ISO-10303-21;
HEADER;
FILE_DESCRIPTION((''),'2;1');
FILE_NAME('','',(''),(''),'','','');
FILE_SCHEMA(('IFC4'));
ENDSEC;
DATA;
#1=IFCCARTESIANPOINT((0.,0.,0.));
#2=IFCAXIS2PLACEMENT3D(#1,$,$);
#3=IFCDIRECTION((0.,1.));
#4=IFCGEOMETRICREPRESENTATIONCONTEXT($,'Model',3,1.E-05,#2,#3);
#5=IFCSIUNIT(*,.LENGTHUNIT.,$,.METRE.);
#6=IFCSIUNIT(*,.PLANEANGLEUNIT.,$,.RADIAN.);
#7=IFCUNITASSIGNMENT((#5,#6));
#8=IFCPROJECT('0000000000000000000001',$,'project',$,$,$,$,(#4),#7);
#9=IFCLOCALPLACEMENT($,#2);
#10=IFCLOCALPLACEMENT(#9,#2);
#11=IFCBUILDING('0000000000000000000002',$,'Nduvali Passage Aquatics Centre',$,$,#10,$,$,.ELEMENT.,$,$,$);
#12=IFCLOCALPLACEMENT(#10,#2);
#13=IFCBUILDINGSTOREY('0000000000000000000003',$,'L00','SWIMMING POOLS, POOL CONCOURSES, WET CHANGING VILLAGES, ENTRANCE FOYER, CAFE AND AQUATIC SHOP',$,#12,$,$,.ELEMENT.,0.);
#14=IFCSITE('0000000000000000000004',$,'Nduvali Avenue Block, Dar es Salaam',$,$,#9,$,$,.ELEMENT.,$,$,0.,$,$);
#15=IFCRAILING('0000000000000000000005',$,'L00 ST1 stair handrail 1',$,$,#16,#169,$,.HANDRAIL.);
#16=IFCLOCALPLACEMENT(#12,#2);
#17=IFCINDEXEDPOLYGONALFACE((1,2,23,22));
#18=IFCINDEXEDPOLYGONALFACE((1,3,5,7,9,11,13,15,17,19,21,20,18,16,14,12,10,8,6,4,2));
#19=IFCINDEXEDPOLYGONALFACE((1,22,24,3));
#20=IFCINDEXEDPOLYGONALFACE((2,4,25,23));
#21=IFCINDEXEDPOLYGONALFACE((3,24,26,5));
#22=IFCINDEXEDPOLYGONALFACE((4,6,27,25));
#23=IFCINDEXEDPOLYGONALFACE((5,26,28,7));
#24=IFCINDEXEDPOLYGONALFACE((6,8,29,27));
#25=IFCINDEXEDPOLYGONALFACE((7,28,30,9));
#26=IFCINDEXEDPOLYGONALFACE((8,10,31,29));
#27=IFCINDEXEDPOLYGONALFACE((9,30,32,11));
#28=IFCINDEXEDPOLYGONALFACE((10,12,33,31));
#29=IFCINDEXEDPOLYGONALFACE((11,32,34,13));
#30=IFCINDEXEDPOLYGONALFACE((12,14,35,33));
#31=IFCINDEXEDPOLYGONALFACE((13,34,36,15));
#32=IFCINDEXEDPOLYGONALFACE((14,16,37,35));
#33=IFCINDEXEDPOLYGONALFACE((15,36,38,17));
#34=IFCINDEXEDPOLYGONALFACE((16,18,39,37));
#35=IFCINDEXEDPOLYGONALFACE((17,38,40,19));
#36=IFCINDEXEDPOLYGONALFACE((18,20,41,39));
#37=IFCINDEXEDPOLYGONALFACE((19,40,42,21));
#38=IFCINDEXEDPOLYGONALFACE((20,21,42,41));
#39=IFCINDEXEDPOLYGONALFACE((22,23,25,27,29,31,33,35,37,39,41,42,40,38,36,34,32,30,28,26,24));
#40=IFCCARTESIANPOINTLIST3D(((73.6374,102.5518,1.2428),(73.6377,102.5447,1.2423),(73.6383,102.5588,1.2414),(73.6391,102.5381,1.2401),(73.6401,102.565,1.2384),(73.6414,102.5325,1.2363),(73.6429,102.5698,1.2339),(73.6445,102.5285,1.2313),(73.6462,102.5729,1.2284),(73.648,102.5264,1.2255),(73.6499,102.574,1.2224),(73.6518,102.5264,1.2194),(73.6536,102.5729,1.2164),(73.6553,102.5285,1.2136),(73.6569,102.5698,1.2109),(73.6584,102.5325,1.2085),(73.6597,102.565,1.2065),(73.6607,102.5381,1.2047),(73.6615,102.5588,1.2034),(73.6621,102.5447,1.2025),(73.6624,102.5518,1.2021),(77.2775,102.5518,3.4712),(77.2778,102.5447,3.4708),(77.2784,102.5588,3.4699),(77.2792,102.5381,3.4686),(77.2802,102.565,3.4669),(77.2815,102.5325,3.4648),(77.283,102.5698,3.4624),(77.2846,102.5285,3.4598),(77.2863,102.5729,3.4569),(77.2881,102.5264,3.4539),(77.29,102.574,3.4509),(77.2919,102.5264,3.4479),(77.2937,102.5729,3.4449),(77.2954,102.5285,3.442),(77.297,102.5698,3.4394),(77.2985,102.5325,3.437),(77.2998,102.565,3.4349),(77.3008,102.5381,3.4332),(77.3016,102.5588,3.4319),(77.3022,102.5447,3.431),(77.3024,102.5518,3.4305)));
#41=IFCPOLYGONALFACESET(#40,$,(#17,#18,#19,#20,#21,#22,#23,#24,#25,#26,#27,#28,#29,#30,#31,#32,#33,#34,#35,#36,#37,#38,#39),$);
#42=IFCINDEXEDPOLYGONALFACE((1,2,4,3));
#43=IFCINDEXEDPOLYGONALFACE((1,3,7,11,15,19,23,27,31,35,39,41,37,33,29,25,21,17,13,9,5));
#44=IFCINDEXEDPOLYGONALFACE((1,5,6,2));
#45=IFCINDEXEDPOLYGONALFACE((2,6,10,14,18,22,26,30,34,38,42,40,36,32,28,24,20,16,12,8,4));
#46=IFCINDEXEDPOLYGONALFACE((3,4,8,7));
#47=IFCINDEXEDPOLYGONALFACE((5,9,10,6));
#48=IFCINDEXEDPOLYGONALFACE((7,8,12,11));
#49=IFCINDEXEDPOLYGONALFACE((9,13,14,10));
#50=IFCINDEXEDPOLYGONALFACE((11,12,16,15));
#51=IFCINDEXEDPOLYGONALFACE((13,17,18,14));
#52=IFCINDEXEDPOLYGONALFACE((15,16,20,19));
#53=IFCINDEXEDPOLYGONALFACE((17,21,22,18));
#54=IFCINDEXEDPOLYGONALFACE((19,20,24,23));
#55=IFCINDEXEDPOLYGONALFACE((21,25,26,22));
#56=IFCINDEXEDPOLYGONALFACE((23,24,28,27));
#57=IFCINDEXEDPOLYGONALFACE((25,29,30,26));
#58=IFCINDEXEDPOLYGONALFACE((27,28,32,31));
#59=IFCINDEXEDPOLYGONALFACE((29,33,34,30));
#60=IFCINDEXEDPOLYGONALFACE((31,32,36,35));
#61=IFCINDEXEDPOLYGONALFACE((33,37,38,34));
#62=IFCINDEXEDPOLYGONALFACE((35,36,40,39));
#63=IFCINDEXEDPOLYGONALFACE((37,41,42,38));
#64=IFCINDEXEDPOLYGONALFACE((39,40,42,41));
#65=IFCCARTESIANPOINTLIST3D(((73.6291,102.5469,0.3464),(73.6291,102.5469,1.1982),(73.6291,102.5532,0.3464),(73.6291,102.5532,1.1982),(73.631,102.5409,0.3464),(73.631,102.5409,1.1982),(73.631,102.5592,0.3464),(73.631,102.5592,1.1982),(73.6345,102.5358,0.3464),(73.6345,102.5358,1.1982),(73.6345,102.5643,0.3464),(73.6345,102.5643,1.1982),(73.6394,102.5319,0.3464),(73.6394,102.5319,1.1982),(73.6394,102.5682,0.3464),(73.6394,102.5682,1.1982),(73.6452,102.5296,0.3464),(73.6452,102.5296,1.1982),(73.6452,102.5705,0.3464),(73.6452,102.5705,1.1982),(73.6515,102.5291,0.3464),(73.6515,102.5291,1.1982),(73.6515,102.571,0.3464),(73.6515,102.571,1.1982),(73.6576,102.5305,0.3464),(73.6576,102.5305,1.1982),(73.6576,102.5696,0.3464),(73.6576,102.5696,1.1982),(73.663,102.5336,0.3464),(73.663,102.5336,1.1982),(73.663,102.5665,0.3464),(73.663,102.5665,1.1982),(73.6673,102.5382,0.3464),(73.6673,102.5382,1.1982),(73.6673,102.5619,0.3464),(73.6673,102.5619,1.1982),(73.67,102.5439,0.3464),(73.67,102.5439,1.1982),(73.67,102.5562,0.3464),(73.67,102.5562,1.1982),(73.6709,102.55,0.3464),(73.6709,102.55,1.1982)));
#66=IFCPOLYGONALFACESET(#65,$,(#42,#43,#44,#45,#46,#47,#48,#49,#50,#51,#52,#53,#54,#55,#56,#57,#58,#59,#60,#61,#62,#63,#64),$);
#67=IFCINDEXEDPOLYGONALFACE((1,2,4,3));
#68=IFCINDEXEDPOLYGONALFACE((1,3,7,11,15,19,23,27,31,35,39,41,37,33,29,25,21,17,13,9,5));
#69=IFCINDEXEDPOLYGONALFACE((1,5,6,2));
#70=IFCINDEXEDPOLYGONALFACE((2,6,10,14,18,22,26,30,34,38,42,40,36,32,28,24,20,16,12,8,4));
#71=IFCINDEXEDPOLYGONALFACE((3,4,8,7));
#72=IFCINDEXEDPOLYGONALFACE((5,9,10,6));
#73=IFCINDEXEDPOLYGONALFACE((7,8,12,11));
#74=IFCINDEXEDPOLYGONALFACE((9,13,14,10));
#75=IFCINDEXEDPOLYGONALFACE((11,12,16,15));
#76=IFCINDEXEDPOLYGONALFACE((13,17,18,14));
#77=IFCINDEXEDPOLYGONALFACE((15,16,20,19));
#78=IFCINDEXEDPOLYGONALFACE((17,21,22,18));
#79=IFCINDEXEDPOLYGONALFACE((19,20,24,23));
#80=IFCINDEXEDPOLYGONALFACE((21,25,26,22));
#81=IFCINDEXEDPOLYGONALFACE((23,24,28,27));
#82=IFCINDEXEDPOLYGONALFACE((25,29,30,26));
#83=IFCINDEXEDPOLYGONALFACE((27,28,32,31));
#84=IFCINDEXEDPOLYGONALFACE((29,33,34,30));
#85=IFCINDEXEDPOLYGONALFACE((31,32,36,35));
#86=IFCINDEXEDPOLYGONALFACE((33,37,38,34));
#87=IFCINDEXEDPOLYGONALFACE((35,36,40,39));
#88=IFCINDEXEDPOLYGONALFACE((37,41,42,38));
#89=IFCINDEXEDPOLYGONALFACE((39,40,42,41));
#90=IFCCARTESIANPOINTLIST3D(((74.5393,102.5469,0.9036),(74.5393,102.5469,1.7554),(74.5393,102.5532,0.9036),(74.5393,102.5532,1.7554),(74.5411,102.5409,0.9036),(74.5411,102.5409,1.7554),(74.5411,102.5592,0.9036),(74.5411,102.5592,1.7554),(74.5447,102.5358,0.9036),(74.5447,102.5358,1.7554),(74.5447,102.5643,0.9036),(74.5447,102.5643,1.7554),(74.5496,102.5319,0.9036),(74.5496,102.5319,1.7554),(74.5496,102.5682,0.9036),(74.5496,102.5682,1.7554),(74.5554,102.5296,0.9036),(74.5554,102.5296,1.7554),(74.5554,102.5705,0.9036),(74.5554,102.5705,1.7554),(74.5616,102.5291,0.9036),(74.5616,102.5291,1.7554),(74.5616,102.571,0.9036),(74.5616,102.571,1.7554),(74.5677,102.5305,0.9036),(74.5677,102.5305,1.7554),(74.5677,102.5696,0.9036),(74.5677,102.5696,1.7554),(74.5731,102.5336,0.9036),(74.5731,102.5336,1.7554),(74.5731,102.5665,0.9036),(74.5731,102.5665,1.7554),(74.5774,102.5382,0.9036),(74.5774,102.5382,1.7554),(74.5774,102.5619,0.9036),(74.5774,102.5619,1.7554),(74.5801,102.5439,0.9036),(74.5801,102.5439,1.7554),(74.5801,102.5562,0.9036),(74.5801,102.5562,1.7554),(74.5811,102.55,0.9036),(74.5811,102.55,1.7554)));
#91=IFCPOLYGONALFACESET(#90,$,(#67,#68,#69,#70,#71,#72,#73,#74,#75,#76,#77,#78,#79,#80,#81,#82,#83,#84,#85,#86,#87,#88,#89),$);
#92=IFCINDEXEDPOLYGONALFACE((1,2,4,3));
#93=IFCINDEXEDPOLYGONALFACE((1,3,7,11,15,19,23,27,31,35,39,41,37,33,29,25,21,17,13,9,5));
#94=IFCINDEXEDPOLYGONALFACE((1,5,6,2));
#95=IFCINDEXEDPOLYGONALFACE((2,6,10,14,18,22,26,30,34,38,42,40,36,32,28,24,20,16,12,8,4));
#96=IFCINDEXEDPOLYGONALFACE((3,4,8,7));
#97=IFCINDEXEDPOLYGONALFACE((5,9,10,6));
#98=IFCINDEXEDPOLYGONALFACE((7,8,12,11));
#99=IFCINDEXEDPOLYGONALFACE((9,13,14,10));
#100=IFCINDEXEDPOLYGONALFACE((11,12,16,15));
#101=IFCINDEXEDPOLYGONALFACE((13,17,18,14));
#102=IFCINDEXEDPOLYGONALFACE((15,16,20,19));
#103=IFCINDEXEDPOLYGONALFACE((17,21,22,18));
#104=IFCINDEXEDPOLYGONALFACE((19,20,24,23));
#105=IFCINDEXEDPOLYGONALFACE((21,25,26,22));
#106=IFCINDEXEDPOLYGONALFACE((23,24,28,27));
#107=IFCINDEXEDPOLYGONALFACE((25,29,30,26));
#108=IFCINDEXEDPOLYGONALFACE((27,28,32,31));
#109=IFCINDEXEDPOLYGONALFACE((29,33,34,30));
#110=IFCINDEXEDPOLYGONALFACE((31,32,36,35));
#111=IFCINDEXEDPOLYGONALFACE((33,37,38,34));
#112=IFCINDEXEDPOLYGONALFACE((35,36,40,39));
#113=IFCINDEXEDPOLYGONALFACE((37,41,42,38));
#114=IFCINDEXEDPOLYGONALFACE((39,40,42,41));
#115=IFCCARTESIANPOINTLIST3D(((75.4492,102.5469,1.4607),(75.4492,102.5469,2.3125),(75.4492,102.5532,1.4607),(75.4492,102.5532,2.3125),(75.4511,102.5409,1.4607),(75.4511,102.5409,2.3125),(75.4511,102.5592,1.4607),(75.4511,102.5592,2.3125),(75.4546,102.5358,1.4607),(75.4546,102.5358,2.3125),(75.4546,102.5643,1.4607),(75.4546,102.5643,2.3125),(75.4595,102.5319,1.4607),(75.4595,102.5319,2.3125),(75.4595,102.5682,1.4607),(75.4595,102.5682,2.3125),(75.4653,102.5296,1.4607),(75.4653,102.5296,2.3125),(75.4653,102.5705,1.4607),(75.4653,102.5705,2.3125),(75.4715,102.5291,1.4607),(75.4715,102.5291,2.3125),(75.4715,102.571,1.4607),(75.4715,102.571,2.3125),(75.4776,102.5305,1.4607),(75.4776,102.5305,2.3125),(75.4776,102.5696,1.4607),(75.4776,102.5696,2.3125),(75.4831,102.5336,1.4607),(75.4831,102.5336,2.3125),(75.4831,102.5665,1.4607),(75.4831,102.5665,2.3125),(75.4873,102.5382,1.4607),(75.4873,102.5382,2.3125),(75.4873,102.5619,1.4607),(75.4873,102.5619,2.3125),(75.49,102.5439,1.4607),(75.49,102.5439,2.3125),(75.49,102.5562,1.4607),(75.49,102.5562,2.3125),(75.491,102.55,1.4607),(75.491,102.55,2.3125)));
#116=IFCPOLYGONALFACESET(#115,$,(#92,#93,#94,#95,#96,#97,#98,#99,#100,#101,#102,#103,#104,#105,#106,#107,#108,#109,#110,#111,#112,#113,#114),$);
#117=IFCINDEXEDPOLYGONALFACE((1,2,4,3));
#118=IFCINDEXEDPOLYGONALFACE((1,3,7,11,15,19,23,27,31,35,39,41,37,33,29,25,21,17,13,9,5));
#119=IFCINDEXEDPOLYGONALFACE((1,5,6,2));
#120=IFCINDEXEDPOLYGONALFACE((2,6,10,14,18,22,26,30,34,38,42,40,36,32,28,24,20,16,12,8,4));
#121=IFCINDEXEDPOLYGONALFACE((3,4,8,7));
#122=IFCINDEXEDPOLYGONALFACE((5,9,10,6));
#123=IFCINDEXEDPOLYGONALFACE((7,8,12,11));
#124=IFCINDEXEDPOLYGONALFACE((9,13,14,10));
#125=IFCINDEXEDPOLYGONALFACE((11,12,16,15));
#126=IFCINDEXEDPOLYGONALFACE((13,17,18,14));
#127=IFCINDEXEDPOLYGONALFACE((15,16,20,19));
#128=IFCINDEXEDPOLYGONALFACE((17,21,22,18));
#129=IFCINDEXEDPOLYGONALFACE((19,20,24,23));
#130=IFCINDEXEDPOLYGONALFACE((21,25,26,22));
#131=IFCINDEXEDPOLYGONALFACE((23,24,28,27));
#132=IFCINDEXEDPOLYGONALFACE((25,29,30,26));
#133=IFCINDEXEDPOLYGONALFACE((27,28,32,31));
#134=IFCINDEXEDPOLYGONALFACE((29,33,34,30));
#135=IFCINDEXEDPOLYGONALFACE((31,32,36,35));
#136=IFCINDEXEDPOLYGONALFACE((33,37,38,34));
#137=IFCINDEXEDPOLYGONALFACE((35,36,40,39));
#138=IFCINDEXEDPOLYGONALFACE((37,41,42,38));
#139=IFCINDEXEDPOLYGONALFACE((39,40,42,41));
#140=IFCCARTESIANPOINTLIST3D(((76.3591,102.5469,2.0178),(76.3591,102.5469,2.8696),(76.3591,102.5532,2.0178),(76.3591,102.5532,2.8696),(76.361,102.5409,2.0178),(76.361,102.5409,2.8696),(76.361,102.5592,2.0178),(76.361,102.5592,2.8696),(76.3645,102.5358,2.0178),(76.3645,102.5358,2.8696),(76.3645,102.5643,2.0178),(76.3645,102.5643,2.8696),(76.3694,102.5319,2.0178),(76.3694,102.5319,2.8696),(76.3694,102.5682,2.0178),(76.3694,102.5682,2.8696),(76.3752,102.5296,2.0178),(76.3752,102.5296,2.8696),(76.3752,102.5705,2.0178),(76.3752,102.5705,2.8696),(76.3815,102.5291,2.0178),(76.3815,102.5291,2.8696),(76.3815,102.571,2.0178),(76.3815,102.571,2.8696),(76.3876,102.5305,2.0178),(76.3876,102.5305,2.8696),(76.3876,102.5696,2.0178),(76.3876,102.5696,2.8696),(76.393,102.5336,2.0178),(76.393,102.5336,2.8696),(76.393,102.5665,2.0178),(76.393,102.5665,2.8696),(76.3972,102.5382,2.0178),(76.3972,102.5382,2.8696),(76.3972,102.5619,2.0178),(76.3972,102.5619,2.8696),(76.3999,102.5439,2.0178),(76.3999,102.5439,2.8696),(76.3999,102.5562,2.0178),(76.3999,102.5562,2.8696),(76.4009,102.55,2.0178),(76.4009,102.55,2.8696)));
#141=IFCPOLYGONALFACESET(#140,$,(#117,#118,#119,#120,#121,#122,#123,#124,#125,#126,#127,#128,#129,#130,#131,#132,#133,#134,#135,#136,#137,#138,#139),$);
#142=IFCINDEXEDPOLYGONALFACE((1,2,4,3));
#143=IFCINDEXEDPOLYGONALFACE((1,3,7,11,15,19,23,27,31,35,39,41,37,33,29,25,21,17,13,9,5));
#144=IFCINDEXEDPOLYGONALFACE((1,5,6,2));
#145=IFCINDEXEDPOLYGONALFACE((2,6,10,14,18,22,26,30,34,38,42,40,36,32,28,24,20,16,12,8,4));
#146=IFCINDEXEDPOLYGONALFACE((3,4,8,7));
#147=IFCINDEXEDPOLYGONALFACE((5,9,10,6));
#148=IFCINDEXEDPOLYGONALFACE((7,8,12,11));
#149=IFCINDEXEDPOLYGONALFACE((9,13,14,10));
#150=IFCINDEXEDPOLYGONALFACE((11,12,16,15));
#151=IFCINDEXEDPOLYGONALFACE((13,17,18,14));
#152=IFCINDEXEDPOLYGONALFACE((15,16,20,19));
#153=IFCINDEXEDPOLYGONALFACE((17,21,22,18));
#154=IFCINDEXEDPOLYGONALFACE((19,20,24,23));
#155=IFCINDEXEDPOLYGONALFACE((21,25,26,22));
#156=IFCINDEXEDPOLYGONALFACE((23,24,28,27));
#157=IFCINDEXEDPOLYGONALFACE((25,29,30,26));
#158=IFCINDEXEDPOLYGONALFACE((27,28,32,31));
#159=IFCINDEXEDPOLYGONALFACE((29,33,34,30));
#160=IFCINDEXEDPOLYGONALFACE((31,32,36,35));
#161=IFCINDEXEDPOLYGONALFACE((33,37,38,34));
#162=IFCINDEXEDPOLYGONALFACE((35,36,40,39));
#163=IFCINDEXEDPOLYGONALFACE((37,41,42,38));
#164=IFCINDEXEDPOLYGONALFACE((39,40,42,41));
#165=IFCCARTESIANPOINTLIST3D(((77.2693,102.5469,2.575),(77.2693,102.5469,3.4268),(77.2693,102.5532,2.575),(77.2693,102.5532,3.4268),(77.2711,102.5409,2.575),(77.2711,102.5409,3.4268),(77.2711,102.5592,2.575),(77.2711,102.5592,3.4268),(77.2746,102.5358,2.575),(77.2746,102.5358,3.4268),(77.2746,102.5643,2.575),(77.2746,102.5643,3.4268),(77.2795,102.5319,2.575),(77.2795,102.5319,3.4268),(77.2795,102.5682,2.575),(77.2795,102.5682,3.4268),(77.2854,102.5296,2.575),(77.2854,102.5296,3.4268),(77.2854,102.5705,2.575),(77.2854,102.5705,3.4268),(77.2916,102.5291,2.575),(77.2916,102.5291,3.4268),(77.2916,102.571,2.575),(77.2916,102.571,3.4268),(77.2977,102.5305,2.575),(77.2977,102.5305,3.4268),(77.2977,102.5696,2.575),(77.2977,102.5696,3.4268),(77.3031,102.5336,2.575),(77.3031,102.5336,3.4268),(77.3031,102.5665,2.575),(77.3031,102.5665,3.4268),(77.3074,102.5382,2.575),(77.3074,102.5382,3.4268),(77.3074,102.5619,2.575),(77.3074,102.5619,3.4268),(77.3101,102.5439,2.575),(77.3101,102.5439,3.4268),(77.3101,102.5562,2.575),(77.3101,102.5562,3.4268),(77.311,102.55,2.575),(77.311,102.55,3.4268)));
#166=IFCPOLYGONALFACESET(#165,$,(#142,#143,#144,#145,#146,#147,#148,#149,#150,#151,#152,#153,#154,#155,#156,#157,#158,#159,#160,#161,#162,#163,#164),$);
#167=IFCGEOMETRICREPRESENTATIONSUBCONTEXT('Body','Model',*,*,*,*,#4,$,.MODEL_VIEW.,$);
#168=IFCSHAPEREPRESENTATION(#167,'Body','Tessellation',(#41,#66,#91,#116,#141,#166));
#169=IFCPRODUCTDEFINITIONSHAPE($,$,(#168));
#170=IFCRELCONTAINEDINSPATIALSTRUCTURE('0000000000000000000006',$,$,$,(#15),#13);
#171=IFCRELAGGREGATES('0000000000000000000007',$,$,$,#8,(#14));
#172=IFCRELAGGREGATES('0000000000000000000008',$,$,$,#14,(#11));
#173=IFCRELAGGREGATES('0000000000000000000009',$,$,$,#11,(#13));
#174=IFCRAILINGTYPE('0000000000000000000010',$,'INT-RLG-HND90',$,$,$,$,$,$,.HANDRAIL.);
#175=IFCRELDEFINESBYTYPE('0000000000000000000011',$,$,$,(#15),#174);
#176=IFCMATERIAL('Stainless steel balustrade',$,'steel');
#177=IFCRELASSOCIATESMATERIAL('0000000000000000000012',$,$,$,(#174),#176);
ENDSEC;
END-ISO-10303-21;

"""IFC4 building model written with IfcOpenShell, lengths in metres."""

from ifc_helpers import new_model, si_unit, direction, frame, origin, origin_2d, place, context, subcontext, project, spatial, circle, extrude, material, type_object, element, save


model = new_model("IFC4")

# Units and contexts
model_context = context("Model", 3, precision=1e-05, world=origin(), true_north=direction((0.0, 1.0)))
body_context = subcontext(model_context, "Body", "Model", "MODEL_VIEW")
ifc_project = project(units=[si_unit("LENGTHUNIT", "METRE"), si_unit("PLANEANGLEUNIT", "RADIAN")], contexts=[model_context])

# Site, building, storey
site_placement = place(None, origin())
site = spatial("IfcSite", under=ifc_project, at=site_placement, Name="Nduvali Avenue Block, Dar es Salaam", CompositionType="ELEMENT", RefElevation=0.0)
building_placement = place(site_placement, origin())
building = spatial("IfcBuilding", under=site, at=building_placement, Name="Nduvali Passage Aquatics Centre", CompositionType="ELEMENT")
storey_placement = place(building_placement, origin())
storey = spatial("IfcBuildingStorey", under=building, at=storey_placement, Name="L00", Description="SWIMMING POOLS, POOL CONCOURSES, WET CHANGING VILLAGES, ENTRANCE FOYER, CAFE AND AQUATIC SHOP", CompositionType="ELEMENT", Elevation=0.0)

# Railing
ifc_material_1 = material(Name="Stainless steel balustrade", Category="steel")
railing_type_1 = type_object("IfcRailingType", Name="INT-RLG-HND90", PredefinedType="HANDRAIL", material=ifc_material_1)
railing_1_placement = place(storey_placement, frame((73.6499, 102.55, 0.3464)))
element("IfcRailing", 1, at=railing_1_placement, inside=storey, type_object=railing_type_1, Name="L00 ST1 stair handrail 1", PredefinedType="HANDRAIL", context=body_context, shape_type="SweptSolid", body=[
    extrude(circle(Radius=0.0239, at=origin_2d()), frame((0.0, 0.0, 0.876), z_axis=(0.852866, 0.0, 0.52213), x_axis=(0.0, 1.0, 0.0)), (0.0, 0.0, 1.0), 4.2681),
    extrude(circle(Radius=0.021, at=origin_2d()), origin(), (0.0, 0.0, 1.0), 0.8518),
    extrude(circle(Radius=0.021, at=origin_2d()), frame((0.9102, 0.0, 0.5571)), (0.0, 0.0, 1.0), 0.8518),
    extrude(circle(Radius=0.021, at=origin_2d()), frame((1.8201, 0.0, 1.1143)), (0.0, 0.0, 1.0), 0.8518),
    extrude(circle(Radius=0.021, at=origin_2d()), frame((2.73, 0.0, 1.6714)), (0.0, 0.0, 1.0), 0.8518),
    extrude(circle(Radius=0.021, at=origin_2d()), frame((3.6401, 0.0, 2.2285)), (0.0, 0.0, 1.0), 0.8518),
])

save(model, "model.ifc")
